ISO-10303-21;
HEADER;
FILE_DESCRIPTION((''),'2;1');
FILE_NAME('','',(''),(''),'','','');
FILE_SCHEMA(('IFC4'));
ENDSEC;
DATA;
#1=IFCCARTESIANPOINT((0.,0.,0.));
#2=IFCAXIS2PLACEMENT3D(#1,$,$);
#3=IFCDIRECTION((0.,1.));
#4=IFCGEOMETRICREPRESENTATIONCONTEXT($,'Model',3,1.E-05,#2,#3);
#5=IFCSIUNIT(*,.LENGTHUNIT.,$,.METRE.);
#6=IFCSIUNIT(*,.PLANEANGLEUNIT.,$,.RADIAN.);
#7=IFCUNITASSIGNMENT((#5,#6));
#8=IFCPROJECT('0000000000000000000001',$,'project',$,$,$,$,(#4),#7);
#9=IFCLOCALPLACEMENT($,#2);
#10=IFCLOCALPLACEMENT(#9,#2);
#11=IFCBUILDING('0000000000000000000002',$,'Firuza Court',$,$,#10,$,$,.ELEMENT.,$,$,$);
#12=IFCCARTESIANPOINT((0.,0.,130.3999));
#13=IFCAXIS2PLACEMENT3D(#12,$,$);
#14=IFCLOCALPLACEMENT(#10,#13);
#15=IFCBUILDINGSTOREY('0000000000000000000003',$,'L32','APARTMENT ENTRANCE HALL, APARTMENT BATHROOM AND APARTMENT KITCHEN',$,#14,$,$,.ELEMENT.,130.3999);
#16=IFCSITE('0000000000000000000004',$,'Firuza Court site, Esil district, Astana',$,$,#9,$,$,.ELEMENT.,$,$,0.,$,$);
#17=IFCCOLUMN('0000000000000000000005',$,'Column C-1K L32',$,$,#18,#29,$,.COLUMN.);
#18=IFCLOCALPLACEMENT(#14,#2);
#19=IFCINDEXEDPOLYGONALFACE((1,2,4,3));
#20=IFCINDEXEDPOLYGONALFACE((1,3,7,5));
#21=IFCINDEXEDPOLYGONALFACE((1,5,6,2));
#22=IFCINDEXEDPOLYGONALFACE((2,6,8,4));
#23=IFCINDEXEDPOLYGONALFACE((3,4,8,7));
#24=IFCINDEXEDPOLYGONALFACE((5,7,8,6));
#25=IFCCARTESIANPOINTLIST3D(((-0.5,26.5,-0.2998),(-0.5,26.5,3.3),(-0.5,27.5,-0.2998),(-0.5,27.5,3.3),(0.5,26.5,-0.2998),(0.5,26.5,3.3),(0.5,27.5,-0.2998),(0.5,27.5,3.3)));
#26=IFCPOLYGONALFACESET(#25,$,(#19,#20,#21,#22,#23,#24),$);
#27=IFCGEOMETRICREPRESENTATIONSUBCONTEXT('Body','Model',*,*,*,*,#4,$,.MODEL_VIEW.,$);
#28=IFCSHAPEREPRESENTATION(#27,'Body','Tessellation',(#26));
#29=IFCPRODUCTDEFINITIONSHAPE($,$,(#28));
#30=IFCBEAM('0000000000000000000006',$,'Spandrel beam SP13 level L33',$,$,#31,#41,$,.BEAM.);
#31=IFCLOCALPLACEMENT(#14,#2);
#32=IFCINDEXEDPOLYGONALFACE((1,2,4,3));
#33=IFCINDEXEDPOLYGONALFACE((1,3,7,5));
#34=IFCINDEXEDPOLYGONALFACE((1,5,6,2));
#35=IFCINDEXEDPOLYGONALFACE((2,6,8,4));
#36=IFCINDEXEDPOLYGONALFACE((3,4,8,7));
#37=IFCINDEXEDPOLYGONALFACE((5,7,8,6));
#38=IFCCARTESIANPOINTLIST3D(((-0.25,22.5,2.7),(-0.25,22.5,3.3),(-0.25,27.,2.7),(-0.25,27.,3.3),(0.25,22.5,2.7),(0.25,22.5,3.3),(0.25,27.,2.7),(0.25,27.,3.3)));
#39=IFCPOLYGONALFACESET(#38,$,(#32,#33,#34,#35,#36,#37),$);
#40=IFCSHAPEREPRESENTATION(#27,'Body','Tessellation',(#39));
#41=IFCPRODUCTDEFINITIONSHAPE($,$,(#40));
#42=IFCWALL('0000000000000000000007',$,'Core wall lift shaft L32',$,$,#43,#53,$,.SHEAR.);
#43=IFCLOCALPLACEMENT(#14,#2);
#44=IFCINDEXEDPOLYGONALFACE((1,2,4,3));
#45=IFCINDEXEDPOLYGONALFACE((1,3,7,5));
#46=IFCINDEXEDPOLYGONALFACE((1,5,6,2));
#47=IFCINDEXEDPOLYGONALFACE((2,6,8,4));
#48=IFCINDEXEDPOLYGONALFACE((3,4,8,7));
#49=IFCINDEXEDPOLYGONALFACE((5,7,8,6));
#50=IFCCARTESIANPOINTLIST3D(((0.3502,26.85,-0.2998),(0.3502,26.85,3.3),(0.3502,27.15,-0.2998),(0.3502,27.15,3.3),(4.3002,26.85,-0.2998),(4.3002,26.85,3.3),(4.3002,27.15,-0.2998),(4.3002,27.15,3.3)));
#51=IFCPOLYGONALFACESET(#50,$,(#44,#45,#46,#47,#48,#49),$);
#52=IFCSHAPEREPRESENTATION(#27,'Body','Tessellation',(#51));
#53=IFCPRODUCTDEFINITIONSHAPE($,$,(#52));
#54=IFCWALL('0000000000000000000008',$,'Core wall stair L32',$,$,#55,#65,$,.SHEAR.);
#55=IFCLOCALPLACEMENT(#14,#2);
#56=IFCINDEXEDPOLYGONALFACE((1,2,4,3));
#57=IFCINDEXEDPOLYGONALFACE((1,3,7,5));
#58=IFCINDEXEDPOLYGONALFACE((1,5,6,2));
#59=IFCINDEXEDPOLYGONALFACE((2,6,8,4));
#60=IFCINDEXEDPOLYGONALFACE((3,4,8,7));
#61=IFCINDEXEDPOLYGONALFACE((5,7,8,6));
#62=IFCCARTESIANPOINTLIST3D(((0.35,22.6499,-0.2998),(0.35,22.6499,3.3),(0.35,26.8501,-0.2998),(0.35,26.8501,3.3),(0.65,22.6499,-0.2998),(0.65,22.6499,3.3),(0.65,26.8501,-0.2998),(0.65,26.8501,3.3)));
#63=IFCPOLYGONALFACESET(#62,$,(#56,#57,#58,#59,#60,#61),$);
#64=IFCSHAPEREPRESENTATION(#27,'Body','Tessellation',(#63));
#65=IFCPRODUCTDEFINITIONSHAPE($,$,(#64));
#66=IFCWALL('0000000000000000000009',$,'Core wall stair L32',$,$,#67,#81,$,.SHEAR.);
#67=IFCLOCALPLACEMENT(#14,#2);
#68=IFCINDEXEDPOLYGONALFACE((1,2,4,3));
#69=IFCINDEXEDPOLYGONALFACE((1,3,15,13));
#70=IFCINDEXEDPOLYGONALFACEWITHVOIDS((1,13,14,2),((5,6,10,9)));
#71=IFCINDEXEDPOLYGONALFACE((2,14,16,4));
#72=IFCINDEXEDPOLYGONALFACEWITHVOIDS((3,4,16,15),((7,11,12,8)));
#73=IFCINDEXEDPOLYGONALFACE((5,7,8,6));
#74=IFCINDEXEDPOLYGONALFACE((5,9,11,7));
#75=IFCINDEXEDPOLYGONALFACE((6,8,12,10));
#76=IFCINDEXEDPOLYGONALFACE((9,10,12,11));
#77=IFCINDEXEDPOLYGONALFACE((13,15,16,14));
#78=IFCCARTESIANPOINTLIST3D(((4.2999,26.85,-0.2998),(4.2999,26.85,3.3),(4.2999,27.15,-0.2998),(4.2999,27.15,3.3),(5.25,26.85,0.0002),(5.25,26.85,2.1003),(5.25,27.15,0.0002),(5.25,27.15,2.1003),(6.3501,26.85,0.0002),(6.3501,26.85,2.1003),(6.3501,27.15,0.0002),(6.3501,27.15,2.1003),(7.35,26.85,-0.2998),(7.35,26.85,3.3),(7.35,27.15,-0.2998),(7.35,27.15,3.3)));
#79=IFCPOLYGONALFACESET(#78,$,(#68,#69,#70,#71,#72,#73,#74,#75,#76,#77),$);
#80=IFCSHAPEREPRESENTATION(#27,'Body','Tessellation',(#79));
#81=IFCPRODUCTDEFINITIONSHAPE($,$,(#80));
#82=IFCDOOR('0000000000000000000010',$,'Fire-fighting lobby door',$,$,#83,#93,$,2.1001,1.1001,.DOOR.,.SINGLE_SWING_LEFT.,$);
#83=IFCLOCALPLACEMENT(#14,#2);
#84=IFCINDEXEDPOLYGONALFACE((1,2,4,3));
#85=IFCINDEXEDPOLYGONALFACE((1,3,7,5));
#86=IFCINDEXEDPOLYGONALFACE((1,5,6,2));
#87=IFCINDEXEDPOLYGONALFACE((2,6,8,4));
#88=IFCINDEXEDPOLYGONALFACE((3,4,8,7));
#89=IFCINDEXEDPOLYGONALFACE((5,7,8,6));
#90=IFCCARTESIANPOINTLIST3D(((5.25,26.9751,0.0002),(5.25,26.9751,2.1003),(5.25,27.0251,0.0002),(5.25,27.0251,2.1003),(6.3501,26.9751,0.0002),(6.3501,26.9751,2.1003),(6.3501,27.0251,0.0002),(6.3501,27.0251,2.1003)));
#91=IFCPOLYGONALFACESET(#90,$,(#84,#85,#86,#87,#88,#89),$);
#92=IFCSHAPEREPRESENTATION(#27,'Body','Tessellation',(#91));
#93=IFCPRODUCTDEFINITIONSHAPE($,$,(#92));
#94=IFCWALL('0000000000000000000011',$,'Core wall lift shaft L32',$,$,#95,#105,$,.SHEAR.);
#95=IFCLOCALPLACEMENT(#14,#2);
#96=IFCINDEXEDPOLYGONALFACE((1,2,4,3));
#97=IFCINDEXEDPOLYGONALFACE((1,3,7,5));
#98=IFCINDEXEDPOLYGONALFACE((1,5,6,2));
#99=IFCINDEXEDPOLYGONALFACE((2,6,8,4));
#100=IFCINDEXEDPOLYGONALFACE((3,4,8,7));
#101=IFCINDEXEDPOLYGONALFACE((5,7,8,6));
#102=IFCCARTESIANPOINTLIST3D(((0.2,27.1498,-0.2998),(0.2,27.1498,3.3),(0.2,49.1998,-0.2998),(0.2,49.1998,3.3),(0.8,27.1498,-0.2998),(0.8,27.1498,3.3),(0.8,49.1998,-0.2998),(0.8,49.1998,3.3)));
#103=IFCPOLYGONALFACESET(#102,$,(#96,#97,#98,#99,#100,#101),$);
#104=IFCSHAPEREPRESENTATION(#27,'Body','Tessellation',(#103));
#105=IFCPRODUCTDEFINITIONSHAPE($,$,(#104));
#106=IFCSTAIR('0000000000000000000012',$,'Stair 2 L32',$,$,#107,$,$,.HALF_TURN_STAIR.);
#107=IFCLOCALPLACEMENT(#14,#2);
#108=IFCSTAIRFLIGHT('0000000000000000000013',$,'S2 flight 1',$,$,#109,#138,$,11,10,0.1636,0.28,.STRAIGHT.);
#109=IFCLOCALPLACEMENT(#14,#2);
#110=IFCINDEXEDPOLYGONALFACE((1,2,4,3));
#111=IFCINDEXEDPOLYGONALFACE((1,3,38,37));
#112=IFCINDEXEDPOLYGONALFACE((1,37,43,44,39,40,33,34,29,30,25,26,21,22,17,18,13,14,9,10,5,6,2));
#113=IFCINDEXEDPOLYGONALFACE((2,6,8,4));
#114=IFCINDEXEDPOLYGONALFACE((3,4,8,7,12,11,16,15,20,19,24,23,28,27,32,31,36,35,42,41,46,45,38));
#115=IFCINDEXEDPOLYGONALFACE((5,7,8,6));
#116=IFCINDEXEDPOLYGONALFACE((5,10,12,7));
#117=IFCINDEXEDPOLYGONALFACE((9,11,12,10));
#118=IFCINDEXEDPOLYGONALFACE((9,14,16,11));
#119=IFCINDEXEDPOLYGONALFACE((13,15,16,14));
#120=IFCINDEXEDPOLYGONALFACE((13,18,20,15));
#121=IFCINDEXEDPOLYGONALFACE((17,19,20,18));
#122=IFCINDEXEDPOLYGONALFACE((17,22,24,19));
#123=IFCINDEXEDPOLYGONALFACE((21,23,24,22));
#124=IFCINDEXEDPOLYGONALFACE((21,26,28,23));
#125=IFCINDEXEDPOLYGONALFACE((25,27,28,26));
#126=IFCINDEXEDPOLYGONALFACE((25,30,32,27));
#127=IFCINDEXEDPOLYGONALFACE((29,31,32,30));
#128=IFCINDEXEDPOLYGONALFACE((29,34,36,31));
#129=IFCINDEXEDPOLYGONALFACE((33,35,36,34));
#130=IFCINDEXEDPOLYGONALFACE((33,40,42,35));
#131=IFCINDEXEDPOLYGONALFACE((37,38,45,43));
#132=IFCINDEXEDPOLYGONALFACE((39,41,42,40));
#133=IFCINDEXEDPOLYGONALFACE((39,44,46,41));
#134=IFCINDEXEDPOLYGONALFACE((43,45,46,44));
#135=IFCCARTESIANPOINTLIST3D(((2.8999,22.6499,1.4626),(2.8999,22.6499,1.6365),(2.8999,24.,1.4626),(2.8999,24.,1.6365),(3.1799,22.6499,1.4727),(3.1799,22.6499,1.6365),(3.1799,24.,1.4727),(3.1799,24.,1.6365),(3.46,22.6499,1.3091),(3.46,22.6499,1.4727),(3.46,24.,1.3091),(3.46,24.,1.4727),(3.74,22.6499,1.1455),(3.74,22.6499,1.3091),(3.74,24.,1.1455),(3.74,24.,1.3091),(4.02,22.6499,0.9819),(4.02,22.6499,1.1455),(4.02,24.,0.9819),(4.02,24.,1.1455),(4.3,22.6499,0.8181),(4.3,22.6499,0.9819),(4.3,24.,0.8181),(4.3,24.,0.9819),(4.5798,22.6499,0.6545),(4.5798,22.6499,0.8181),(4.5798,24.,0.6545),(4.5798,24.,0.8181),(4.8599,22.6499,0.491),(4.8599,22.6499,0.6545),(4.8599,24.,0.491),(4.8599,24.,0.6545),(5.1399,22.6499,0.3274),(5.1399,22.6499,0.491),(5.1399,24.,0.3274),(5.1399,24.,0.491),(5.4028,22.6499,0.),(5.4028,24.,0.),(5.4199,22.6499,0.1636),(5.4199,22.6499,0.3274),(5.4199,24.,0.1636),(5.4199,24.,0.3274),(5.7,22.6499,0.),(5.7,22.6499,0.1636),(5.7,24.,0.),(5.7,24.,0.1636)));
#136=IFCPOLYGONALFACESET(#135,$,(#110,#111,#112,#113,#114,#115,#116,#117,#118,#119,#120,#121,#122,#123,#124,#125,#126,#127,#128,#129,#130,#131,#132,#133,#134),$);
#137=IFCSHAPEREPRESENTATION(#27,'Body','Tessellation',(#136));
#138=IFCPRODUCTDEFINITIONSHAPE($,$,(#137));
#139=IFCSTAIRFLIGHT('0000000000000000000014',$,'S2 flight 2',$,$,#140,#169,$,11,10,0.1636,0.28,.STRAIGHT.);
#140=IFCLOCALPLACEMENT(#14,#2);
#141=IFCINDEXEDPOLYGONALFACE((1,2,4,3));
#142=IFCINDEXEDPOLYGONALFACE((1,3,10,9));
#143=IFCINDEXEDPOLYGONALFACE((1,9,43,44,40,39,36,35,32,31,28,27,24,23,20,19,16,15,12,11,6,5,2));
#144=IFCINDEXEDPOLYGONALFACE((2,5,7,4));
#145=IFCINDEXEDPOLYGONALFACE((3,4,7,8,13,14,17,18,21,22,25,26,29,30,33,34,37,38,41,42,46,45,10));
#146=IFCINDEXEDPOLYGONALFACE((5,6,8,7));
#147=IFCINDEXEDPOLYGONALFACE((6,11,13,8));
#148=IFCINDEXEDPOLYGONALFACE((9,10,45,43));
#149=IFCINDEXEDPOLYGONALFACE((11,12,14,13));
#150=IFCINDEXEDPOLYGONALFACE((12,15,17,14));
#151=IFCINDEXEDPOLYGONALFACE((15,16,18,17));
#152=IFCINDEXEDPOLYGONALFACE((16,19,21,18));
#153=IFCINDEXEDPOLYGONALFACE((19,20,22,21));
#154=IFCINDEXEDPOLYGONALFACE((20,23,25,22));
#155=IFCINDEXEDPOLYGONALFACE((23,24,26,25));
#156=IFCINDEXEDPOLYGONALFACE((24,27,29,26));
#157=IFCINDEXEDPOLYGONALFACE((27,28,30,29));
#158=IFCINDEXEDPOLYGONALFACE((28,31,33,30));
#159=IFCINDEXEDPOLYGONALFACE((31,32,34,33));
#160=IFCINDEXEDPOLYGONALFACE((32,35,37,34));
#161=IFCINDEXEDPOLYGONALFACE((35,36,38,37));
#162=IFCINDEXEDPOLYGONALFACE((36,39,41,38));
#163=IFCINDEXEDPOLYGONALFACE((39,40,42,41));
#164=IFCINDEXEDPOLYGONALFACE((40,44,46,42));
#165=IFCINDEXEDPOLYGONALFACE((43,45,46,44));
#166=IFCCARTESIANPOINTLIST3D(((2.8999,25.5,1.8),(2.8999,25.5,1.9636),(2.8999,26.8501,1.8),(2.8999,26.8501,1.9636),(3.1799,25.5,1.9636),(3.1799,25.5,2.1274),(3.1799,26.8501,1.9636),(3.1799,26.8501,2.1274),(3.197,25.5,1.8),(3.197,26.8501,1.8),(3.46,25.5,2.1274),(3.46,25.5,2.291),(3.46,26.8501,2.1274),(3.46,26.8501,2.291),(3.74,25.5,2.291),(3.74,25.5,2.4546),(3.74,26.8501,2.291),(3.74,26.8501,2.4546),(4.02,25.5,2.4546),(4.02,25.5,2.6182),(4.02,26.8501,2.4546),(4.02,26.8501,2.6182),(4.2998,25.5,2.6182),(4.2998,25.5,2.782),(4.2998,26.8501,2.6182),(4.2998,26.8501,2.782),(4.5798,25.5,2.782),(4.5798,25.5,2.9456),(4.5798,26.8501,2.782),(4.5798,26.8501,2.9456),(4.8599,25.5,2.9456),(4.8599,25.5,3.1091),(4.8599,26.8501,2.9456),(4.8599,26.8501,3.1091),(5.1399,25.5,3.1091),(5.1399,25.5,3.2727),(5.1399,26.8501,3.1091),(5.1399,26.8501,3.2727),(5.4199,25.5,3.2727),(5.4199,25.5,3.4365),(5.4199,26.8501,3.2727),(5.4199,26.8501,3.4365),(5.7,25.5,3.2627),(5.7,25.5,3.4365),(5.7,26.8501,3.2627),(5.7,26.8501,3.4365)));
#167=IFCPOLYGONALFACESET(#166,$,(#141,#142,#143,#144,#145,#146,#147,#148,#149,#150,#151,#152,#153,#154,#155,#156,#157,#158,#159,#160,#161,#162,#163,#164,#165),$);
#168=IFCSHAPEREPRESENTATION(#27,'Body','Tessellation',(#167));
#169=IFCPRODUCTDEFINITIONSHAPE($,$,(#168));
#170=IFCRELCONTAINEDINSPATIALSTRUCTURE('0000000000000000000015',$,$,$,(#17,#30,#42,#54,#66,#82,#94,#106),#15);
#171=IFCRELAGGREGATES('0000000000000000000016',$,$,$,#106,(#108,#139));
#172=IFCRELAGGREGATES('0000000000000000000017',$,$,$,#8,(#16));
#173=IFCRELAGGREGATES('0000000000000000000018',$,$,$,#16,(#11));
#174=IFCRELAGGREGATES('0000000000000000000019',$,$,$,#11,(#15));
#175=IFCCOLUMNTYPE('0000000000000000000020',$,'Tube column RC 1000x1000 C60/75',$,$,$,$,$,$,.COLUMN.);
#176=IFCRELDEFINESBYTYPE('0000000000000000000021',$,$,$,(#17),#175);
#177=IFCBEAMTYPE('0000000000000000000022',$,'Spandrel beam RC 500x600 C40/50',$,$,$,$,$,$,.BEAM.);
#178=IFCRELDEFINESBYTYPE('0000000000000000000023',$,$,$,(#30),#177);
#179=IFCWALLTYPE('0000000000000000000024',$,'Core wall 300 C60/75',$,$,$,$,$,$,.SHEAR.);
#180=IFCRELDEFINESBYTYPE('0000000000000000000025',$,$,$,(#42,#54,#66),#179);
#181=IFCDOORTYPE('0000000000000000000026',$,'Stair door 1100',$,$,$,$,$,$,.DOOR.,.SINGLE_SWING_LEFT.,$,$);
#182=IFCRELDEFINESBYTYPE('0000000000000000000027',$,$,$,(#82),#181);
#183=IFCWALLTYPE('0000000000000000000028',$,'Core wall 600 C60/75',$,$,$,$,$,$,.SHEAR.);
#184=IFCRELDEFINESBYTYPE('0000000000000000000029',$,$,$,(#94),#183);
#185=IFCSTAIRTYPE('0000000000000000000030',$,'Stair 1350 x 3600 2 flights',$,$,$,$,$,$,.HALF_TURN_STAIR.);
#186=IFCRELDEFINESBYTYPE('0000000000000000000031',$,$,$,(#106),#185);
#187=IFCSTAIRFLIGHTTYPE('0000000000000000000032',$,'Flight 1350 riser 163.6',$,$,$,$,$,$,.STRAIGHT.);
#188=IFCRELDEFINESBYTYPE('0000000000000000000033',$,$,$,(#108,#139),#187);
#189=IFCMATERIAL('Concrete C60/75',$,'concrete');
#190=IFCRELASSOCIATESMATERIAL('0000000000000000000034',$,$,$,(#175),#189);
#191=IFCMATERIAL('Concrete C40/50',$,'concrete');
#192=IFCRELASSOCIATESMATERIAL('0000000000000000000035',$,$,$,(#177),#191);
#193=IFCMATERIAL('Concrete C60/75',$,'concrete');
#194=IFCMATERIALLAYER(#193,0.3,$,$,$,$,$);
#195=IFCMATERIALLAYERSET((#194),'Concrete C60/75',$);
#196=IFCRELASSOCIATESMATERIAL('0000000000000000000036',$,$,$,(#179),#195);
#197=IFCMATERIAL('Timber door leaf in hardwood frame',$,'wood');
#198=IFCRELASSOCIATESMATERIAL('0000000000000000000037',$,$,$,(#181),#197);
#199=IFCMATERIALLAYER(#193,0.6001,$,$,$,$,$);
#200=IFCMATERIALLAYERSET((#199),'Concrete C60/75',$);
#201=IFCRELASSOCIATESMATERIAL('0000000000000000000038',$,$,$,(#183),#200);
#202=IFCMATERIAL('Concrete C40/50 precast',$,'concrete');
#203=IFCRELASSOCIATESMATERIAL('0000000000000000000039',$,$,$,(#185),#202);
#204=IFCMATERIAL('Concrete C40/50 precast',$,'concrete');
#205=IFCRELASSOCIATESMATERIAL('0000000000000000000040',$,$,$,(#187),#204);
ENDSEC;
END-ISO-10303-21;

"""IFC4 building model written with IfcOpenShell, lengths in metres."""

from ifc_helpers import new_model, si_unit, direction, frame, frame_2d, origin, origin_2d, place, context, subcontext, project, spatial, polyline, rectangle, outline, extrude, material, layer, layer_set, material_profile, profile_set, type_object, element, fill, aggregate, save


model = new_model("IFC4")

# Units and contexts
model_context = context("Model", 3, precision=1e-05, world=origin(), true_north=direction((0.0, 1.0)))
body_context = subcontext(model_context, "Body", "Model", "MODEL_VIEW")
ifc_project = project(units=[si_unit("LENGTHUNIT", "METRE"), si_unit("PLANEANGLEUNIT", "RADIAN")], contexts=[model_context])

# Site, building, storey
site_placement = place(None, origin())
site = spatial("IfcSite", under=ifc_project, at=site_placement, Name="Firuza Court site, Esil district, Astana", CompositionType="ELEMENT", RefElevation=0.0)
building_placement = place(site_placement, origin())
building = spatial("IfcBuilding", under=site, at=building_placement, Name="Firuza Court", CompositionType="ELEMENT")
storey_placement = place(building_placement, frame((0.0, 0.0, 130.3999)))
storey = spatial("IfcBuildingStorey", under=building, at=storey_placement, Name="L32", Description="APARTMENT ENTRANCE HALL, APARTMENT BATHROOM AND APARTMENT KITCHEN", CompositionType="ELEMENT", Elevation=130.3999)

# Column
ifc_material_1 = material(Name="Concrete C60/75", Category="concrete")
ifc_material_profile_1 = material_profile(ifc_material_1, rectangle(XDim=1.0, YDim=1.0, at=origin_2d()), Name="RC 1000x1000")
ifc_profile_set_1 = profile_set([ifc_material_profile_1], Name="Concrete C60/75")
column_type = type_object("IfcColumnType", Name="Tube column RC 1000x1000 C60/75", PredefinedType="COLUMN", material=ifc_profile_set_1)
column_placement = place(storey_placement, frame((0.0, 27.0, -0.2998), z_axis=(0.0, 0.0, 1.0), x_axis=(1.0, 0.0, 0.0)))
element("IfcColumn", 1, at=column_placement, inside=storey, type_object=column_type, Name="Column C-1K L32", PredefinedType="COLUMN", context=body_context, shape_type="SweptSolid", body=[
    extrude(rectangle(XDim=1.0, YDim=1.0, at=origin_2d()), origin(), (0.0, 0.0, 1.0), 3.5999),
])

# Beam
ifc_material_2 = material(Name="Concrete C40/50", Category="concrete")
ifc_material_profile_2 = material_profile(ifc_material_2, rectangle(XDim=0.5, YDim=0.6001, at=origin_2d()), Name="RC 500x600")
ifc_profile_set_2 = profile_set([ifc_material_profile_2], Name="Concrete C40/50")
beam_type = type_object("IfcBeamType", Name="Spandrel beam RC 500x600 C40/50", PredefinedType="BEAM", material=ifc_profile_set_2)
beam_placement = place(storey_placement, frame((0.0, 27.0, 3.0), z_axis=(0.0, -1.0, 0.0), x_axis=(1.0, 0.0, 0.0)))
element("IfcBeam", 2, at=beam_placement, inside=storey, type_object=beam_type, Name="Spandrel beam SP13 level L33", PredefinedType="BEAM", context=body_context, shape_type="SweptSolid", body=[
    extrude(rectangle(XDim=0.5, YDim=0.6001, at=origin_2d()), origin(), (0.0, 0.0, 1.0), 4.5),
])

# Walls
ifc_material_3 = material(Name="Concrete C60/75", Category="concrete")
ifc_layer_1 = layer(ifc_material_3, 0.3)
ifc_layer_set_1 = layer_set([ifc_layer_1], Name="Concrete C60/75")
wall_type_1 = type_object("IfcWallType", Name="Core wall 300 C60/75", PredefinedType="SHEAR", material=ifc_layer_set_1)
wall_1_placement = place(storey_placement, frame((0.3501, 27.0, -0.2998), z_axis=(0.0, 0.0, 1.0), x_axis=(1.0, 0.0, 0.0)))
element("IfcWall", 3, at=wall_1_placement, inside=storey, type_object=wall_type_1, Name="Core wall lift shaft L32", PredefinedType="SHEAR", context=body_context, shape_type="SweptSolid", body=[
    extrude(rectangle(XDim=3.95, YDim=0.3, at=frame_2d((1.9751, 0.0))), origin(), (0.0, 0.0, 1.0), 3.5999),
])
wall_2_placement = place(storey_placement, frame((0.5, 22.6499, -0.2998), z_axis=(0.0, 0.0, 1.0), x_axis=(0.0, 1.0, 0.0)))
element("IfcWall", 4, at=wall_2_placement, inside=storey, type_object=wall_type_1, Name="Core wall stair L32", PredefinedType="SHEAR", context=body_context, shape_type="SweptSolid", body=[
    extrude(rectangle(XDim=4.2002, YDim=0.3, at=frame_2d((2.1001, 0.0))), origin(), (0.0, 0.0, 1.0), 3.5999),
])

# Wall, opening, door
wall_3_placement = place(storey_placement, frame((4.3, 27.0, -0.2998), z_axis=(0.0, 0.0, 1.0), x_axis=(1.0, 0.0, 0.0)))
wall_3 = element("IfcWall", 5, at=wall_3_placement, inside=storey, type_object=wall_type_1, Name="Core wall stair L32", PredefinedType="SHEAR", context=body_context, shape_type="SweptSolid", body=[
    extrude(rectangle(XDim=3.05, YDim=0.3, at=frame_2d((1.5249, 0.0))), origin(), (0.0, 0.0, 1.0), 3.5999),
])
opening_1_placement = place(wall_3_placement, frame((0.95, 0.0, 0.3)))
opening_1 = element("IfcOpeningElement", 6, at=opening_1_placement, cuts=wall_3, PredefinedType="OPENING", context=body_context, shape_type="SweptSolid", body=[
    extrude(rectangle(XDim=1.1001, YDim=2.1001, at=frame_2d((0.55, 1.05))), frame((0.0, 0.1621, 0.0), z_axis=(0.0, -1.0, 0.0), x_axis=(1.0, 0.0, 0.0)), (0.0, 0.0, 1.0), 0.324),
])
ifc_material_4 = material(Name="Timber door leaf in hardwood frame", Category="wood")
door_type_1 = type_object("IfcDoorType", Name="Stair door 1100", OperationType="SINGLE_SWING_LEFT", PredefinedType="DOOR", material=ifc_material_4)
door_1_placement = place(opening_1_placement, frame((1.1001, 0.0, 0.0), z_axis=(0.0, 0.0, 1.0), x_axis=(-1.0, 0.0, 0.0)))
door_1 = element("IfcDoor", 7, at=door_1_placement, inside=storey, type_object=door_type_1, Name="Fire-fighting lobby door", OperationType="SINGLE_SWING_LEFT", OverallHeight=2.1001, OverallWidth=1.1001, PredefinedType="DOOR", context=body_context, shape_type="SweptSolid", body=[
    extrude(rectangle(XDim=1.1001, YDim=2.1001, at=frame_2d((0.55, 1.05))), frame((0.0, 0.0249, 0.0), z_axis=(0.0, -1.0, 0.0), x_axis=(1.0, 0.0, 0.0)), (0.0, 0.0, 1.0), 0.05),
])
fill(opening_1, door_1)

# Wall
ifc_layer_2 = layer(ifc_material_3, 0.6001)
ifc_layer_set_2 = layer_set([ifc_layer_2], Name="Concrete C60/75")
wall_type_2 = type_object("IfcWallType", Name="Core wall 600 C60/75", PredefinedType="SHEAR", material=ifc_layer_set_2)
wall_4_placement = place(storey_placement, frame((0.5, 27.1499, -0.2998), z_axis=(0.0, 0.0, 1.0), x_axis=(0.0, 1.0, 0.0)))
element("IfcWall", 8, at=wall_4_placement, inside=storey, type_object=wall_type_2, Name="Core wall lift shaft L32", PredefinedType="SHEAR", context=body_context, shape_type="SweptSolid", body=[
    extrude(rectangle(XDim=22.05, YDim=0.6001, at=frame_2d((11.0249, 0.0))), origin(), (0.0, 0.0, 1.0), 3.5999),
])

# Stair, stair flights
ifc_material_5 = material(Name="Concrete C40/50 precast", Category="concrete")
stair_type = type_object("IfcStairType", Name="Stair 1350 x 3600 2 flights", PredefinedType="HALF_TURN_STAIR", material=ifc_material_5)
stair_placement = place(storey_placement, origin())
stair = element("IfcStair", 9, at=stair_placement, inside=storey, type_object=stair_type, Name="Stair 2 L32", PredefinedType="HALF_TURN_STAIR")
ifc_material_6 = material(Name="Concrete C40/50 precast", Category="concrete")
stair_flight_type = type_object("IfcStairFlightType", Name="Flight 1350 riser 163.6", PredefinedType="STRAIGHT", material=ifc_material_6)
stair_flight_1_placement = place(storey_placement, frame((5.7, 23.325, 0.0), z_axis=(0.0, 0.0, 1.0), x_axis=(-1.0, 0.0, 0.0)))
stair_flight_1 = element("IfcStairFlight", 10, at=stair_flight_1_placement, type_object=stair_flight_type, Name="S2 flight 1", NumberOfRisers=11, NumberOfTreads=10, PredefinedType="STRAIGHT", RiserHeight=0.1636, TreadLength=0.28, context=body_context, shape_type="SweptSolid", body=[
    extrude(outline(polyline([(0.0, 0.0), (0.0, 0.1636), (0.28, 0.1636), (0.28, 0.3274), (0.5601, 0.3274), (0.5601, 0.491), (0.8401, 0.491), (0.8401, 0.6545), (1.1201, 0.6545), (1.1201, 0.8181), (1.3999, 0.8181), (1.3999, 0.9819), (1.6799, 0.9819), (1.6799, 1.1455), (1.96, 1.1455), (1.96, 1.3091), (2.24, 1.3091), (2.24, 1.4727), (2.52, 1.4727), (2.52, 1.6365), (2.8, 1.6365), (2.8, 1.8), (2.8, 1.4626), (0.2971, 0.0), (0.0, 0.0)])), frame((0.0, 0.675, 0.0), z_axis=(0.0, -1.0, 0.0), x_axis=(1.0, 0.0, 0.0)), (0.0, 0.0, 1.0), 1.3501),
])
stair_flight_2_placement = place(storey_placement, frame((2.8999, 26.175, 1.8), z_axis=(0.0, 0.0, 1.0), x_axis=(1.0, 0.0, 0.0)))
stair_flight_2 = element("IfcStairFlight", 11, at=stair_flight_2_placement, type_object=stair_flight_type, Name="S2 flight 2", NumberOfRisers=11, NumberOfTreads=10, PredefinedType="STRAIGHT", RiserHeight=0.1636, TreadLength=0.28, context=body_context, shape_type="SweptSolid", body=[
    extrude(outline(polyline([(0.0, 0.0), (0.0, 0.1636), (0.28, 0.1636), (0.28, 0.3274), (0.5601, 0.3274), (0.5601, 0.491), (0.8401, 0.491), (0.8401, 0.6545), (1.1201, 0.6545), (1.1201, 0.8181), (1.3999, 0.8181), (1.3999, 0.9819), (1.6799, 0.9819), (1.6799, 1.1455), (1.96, 1.1455), (1.96, 1.3091), (2.24, 1.3091), (2.24, 1.4727), (2.52, 1.4727), (2.52, 1.6365), (2.8, 1.6365), (2.8, 1.8), (2.8, 1.4626), (0.2971, 0.0), (0.0, 0.0)])), frame((0.0, 0.675, 0.0), z_axis=(0.0, -1.0, 0.0), x_axis=(1.0, 0.0, 0.0)), (0.0, 0.0, 1.0), 1.3501),
])
aggregate(stair, [stair_flight_1, stair_flight_2])

save(model, "model.ifc")
